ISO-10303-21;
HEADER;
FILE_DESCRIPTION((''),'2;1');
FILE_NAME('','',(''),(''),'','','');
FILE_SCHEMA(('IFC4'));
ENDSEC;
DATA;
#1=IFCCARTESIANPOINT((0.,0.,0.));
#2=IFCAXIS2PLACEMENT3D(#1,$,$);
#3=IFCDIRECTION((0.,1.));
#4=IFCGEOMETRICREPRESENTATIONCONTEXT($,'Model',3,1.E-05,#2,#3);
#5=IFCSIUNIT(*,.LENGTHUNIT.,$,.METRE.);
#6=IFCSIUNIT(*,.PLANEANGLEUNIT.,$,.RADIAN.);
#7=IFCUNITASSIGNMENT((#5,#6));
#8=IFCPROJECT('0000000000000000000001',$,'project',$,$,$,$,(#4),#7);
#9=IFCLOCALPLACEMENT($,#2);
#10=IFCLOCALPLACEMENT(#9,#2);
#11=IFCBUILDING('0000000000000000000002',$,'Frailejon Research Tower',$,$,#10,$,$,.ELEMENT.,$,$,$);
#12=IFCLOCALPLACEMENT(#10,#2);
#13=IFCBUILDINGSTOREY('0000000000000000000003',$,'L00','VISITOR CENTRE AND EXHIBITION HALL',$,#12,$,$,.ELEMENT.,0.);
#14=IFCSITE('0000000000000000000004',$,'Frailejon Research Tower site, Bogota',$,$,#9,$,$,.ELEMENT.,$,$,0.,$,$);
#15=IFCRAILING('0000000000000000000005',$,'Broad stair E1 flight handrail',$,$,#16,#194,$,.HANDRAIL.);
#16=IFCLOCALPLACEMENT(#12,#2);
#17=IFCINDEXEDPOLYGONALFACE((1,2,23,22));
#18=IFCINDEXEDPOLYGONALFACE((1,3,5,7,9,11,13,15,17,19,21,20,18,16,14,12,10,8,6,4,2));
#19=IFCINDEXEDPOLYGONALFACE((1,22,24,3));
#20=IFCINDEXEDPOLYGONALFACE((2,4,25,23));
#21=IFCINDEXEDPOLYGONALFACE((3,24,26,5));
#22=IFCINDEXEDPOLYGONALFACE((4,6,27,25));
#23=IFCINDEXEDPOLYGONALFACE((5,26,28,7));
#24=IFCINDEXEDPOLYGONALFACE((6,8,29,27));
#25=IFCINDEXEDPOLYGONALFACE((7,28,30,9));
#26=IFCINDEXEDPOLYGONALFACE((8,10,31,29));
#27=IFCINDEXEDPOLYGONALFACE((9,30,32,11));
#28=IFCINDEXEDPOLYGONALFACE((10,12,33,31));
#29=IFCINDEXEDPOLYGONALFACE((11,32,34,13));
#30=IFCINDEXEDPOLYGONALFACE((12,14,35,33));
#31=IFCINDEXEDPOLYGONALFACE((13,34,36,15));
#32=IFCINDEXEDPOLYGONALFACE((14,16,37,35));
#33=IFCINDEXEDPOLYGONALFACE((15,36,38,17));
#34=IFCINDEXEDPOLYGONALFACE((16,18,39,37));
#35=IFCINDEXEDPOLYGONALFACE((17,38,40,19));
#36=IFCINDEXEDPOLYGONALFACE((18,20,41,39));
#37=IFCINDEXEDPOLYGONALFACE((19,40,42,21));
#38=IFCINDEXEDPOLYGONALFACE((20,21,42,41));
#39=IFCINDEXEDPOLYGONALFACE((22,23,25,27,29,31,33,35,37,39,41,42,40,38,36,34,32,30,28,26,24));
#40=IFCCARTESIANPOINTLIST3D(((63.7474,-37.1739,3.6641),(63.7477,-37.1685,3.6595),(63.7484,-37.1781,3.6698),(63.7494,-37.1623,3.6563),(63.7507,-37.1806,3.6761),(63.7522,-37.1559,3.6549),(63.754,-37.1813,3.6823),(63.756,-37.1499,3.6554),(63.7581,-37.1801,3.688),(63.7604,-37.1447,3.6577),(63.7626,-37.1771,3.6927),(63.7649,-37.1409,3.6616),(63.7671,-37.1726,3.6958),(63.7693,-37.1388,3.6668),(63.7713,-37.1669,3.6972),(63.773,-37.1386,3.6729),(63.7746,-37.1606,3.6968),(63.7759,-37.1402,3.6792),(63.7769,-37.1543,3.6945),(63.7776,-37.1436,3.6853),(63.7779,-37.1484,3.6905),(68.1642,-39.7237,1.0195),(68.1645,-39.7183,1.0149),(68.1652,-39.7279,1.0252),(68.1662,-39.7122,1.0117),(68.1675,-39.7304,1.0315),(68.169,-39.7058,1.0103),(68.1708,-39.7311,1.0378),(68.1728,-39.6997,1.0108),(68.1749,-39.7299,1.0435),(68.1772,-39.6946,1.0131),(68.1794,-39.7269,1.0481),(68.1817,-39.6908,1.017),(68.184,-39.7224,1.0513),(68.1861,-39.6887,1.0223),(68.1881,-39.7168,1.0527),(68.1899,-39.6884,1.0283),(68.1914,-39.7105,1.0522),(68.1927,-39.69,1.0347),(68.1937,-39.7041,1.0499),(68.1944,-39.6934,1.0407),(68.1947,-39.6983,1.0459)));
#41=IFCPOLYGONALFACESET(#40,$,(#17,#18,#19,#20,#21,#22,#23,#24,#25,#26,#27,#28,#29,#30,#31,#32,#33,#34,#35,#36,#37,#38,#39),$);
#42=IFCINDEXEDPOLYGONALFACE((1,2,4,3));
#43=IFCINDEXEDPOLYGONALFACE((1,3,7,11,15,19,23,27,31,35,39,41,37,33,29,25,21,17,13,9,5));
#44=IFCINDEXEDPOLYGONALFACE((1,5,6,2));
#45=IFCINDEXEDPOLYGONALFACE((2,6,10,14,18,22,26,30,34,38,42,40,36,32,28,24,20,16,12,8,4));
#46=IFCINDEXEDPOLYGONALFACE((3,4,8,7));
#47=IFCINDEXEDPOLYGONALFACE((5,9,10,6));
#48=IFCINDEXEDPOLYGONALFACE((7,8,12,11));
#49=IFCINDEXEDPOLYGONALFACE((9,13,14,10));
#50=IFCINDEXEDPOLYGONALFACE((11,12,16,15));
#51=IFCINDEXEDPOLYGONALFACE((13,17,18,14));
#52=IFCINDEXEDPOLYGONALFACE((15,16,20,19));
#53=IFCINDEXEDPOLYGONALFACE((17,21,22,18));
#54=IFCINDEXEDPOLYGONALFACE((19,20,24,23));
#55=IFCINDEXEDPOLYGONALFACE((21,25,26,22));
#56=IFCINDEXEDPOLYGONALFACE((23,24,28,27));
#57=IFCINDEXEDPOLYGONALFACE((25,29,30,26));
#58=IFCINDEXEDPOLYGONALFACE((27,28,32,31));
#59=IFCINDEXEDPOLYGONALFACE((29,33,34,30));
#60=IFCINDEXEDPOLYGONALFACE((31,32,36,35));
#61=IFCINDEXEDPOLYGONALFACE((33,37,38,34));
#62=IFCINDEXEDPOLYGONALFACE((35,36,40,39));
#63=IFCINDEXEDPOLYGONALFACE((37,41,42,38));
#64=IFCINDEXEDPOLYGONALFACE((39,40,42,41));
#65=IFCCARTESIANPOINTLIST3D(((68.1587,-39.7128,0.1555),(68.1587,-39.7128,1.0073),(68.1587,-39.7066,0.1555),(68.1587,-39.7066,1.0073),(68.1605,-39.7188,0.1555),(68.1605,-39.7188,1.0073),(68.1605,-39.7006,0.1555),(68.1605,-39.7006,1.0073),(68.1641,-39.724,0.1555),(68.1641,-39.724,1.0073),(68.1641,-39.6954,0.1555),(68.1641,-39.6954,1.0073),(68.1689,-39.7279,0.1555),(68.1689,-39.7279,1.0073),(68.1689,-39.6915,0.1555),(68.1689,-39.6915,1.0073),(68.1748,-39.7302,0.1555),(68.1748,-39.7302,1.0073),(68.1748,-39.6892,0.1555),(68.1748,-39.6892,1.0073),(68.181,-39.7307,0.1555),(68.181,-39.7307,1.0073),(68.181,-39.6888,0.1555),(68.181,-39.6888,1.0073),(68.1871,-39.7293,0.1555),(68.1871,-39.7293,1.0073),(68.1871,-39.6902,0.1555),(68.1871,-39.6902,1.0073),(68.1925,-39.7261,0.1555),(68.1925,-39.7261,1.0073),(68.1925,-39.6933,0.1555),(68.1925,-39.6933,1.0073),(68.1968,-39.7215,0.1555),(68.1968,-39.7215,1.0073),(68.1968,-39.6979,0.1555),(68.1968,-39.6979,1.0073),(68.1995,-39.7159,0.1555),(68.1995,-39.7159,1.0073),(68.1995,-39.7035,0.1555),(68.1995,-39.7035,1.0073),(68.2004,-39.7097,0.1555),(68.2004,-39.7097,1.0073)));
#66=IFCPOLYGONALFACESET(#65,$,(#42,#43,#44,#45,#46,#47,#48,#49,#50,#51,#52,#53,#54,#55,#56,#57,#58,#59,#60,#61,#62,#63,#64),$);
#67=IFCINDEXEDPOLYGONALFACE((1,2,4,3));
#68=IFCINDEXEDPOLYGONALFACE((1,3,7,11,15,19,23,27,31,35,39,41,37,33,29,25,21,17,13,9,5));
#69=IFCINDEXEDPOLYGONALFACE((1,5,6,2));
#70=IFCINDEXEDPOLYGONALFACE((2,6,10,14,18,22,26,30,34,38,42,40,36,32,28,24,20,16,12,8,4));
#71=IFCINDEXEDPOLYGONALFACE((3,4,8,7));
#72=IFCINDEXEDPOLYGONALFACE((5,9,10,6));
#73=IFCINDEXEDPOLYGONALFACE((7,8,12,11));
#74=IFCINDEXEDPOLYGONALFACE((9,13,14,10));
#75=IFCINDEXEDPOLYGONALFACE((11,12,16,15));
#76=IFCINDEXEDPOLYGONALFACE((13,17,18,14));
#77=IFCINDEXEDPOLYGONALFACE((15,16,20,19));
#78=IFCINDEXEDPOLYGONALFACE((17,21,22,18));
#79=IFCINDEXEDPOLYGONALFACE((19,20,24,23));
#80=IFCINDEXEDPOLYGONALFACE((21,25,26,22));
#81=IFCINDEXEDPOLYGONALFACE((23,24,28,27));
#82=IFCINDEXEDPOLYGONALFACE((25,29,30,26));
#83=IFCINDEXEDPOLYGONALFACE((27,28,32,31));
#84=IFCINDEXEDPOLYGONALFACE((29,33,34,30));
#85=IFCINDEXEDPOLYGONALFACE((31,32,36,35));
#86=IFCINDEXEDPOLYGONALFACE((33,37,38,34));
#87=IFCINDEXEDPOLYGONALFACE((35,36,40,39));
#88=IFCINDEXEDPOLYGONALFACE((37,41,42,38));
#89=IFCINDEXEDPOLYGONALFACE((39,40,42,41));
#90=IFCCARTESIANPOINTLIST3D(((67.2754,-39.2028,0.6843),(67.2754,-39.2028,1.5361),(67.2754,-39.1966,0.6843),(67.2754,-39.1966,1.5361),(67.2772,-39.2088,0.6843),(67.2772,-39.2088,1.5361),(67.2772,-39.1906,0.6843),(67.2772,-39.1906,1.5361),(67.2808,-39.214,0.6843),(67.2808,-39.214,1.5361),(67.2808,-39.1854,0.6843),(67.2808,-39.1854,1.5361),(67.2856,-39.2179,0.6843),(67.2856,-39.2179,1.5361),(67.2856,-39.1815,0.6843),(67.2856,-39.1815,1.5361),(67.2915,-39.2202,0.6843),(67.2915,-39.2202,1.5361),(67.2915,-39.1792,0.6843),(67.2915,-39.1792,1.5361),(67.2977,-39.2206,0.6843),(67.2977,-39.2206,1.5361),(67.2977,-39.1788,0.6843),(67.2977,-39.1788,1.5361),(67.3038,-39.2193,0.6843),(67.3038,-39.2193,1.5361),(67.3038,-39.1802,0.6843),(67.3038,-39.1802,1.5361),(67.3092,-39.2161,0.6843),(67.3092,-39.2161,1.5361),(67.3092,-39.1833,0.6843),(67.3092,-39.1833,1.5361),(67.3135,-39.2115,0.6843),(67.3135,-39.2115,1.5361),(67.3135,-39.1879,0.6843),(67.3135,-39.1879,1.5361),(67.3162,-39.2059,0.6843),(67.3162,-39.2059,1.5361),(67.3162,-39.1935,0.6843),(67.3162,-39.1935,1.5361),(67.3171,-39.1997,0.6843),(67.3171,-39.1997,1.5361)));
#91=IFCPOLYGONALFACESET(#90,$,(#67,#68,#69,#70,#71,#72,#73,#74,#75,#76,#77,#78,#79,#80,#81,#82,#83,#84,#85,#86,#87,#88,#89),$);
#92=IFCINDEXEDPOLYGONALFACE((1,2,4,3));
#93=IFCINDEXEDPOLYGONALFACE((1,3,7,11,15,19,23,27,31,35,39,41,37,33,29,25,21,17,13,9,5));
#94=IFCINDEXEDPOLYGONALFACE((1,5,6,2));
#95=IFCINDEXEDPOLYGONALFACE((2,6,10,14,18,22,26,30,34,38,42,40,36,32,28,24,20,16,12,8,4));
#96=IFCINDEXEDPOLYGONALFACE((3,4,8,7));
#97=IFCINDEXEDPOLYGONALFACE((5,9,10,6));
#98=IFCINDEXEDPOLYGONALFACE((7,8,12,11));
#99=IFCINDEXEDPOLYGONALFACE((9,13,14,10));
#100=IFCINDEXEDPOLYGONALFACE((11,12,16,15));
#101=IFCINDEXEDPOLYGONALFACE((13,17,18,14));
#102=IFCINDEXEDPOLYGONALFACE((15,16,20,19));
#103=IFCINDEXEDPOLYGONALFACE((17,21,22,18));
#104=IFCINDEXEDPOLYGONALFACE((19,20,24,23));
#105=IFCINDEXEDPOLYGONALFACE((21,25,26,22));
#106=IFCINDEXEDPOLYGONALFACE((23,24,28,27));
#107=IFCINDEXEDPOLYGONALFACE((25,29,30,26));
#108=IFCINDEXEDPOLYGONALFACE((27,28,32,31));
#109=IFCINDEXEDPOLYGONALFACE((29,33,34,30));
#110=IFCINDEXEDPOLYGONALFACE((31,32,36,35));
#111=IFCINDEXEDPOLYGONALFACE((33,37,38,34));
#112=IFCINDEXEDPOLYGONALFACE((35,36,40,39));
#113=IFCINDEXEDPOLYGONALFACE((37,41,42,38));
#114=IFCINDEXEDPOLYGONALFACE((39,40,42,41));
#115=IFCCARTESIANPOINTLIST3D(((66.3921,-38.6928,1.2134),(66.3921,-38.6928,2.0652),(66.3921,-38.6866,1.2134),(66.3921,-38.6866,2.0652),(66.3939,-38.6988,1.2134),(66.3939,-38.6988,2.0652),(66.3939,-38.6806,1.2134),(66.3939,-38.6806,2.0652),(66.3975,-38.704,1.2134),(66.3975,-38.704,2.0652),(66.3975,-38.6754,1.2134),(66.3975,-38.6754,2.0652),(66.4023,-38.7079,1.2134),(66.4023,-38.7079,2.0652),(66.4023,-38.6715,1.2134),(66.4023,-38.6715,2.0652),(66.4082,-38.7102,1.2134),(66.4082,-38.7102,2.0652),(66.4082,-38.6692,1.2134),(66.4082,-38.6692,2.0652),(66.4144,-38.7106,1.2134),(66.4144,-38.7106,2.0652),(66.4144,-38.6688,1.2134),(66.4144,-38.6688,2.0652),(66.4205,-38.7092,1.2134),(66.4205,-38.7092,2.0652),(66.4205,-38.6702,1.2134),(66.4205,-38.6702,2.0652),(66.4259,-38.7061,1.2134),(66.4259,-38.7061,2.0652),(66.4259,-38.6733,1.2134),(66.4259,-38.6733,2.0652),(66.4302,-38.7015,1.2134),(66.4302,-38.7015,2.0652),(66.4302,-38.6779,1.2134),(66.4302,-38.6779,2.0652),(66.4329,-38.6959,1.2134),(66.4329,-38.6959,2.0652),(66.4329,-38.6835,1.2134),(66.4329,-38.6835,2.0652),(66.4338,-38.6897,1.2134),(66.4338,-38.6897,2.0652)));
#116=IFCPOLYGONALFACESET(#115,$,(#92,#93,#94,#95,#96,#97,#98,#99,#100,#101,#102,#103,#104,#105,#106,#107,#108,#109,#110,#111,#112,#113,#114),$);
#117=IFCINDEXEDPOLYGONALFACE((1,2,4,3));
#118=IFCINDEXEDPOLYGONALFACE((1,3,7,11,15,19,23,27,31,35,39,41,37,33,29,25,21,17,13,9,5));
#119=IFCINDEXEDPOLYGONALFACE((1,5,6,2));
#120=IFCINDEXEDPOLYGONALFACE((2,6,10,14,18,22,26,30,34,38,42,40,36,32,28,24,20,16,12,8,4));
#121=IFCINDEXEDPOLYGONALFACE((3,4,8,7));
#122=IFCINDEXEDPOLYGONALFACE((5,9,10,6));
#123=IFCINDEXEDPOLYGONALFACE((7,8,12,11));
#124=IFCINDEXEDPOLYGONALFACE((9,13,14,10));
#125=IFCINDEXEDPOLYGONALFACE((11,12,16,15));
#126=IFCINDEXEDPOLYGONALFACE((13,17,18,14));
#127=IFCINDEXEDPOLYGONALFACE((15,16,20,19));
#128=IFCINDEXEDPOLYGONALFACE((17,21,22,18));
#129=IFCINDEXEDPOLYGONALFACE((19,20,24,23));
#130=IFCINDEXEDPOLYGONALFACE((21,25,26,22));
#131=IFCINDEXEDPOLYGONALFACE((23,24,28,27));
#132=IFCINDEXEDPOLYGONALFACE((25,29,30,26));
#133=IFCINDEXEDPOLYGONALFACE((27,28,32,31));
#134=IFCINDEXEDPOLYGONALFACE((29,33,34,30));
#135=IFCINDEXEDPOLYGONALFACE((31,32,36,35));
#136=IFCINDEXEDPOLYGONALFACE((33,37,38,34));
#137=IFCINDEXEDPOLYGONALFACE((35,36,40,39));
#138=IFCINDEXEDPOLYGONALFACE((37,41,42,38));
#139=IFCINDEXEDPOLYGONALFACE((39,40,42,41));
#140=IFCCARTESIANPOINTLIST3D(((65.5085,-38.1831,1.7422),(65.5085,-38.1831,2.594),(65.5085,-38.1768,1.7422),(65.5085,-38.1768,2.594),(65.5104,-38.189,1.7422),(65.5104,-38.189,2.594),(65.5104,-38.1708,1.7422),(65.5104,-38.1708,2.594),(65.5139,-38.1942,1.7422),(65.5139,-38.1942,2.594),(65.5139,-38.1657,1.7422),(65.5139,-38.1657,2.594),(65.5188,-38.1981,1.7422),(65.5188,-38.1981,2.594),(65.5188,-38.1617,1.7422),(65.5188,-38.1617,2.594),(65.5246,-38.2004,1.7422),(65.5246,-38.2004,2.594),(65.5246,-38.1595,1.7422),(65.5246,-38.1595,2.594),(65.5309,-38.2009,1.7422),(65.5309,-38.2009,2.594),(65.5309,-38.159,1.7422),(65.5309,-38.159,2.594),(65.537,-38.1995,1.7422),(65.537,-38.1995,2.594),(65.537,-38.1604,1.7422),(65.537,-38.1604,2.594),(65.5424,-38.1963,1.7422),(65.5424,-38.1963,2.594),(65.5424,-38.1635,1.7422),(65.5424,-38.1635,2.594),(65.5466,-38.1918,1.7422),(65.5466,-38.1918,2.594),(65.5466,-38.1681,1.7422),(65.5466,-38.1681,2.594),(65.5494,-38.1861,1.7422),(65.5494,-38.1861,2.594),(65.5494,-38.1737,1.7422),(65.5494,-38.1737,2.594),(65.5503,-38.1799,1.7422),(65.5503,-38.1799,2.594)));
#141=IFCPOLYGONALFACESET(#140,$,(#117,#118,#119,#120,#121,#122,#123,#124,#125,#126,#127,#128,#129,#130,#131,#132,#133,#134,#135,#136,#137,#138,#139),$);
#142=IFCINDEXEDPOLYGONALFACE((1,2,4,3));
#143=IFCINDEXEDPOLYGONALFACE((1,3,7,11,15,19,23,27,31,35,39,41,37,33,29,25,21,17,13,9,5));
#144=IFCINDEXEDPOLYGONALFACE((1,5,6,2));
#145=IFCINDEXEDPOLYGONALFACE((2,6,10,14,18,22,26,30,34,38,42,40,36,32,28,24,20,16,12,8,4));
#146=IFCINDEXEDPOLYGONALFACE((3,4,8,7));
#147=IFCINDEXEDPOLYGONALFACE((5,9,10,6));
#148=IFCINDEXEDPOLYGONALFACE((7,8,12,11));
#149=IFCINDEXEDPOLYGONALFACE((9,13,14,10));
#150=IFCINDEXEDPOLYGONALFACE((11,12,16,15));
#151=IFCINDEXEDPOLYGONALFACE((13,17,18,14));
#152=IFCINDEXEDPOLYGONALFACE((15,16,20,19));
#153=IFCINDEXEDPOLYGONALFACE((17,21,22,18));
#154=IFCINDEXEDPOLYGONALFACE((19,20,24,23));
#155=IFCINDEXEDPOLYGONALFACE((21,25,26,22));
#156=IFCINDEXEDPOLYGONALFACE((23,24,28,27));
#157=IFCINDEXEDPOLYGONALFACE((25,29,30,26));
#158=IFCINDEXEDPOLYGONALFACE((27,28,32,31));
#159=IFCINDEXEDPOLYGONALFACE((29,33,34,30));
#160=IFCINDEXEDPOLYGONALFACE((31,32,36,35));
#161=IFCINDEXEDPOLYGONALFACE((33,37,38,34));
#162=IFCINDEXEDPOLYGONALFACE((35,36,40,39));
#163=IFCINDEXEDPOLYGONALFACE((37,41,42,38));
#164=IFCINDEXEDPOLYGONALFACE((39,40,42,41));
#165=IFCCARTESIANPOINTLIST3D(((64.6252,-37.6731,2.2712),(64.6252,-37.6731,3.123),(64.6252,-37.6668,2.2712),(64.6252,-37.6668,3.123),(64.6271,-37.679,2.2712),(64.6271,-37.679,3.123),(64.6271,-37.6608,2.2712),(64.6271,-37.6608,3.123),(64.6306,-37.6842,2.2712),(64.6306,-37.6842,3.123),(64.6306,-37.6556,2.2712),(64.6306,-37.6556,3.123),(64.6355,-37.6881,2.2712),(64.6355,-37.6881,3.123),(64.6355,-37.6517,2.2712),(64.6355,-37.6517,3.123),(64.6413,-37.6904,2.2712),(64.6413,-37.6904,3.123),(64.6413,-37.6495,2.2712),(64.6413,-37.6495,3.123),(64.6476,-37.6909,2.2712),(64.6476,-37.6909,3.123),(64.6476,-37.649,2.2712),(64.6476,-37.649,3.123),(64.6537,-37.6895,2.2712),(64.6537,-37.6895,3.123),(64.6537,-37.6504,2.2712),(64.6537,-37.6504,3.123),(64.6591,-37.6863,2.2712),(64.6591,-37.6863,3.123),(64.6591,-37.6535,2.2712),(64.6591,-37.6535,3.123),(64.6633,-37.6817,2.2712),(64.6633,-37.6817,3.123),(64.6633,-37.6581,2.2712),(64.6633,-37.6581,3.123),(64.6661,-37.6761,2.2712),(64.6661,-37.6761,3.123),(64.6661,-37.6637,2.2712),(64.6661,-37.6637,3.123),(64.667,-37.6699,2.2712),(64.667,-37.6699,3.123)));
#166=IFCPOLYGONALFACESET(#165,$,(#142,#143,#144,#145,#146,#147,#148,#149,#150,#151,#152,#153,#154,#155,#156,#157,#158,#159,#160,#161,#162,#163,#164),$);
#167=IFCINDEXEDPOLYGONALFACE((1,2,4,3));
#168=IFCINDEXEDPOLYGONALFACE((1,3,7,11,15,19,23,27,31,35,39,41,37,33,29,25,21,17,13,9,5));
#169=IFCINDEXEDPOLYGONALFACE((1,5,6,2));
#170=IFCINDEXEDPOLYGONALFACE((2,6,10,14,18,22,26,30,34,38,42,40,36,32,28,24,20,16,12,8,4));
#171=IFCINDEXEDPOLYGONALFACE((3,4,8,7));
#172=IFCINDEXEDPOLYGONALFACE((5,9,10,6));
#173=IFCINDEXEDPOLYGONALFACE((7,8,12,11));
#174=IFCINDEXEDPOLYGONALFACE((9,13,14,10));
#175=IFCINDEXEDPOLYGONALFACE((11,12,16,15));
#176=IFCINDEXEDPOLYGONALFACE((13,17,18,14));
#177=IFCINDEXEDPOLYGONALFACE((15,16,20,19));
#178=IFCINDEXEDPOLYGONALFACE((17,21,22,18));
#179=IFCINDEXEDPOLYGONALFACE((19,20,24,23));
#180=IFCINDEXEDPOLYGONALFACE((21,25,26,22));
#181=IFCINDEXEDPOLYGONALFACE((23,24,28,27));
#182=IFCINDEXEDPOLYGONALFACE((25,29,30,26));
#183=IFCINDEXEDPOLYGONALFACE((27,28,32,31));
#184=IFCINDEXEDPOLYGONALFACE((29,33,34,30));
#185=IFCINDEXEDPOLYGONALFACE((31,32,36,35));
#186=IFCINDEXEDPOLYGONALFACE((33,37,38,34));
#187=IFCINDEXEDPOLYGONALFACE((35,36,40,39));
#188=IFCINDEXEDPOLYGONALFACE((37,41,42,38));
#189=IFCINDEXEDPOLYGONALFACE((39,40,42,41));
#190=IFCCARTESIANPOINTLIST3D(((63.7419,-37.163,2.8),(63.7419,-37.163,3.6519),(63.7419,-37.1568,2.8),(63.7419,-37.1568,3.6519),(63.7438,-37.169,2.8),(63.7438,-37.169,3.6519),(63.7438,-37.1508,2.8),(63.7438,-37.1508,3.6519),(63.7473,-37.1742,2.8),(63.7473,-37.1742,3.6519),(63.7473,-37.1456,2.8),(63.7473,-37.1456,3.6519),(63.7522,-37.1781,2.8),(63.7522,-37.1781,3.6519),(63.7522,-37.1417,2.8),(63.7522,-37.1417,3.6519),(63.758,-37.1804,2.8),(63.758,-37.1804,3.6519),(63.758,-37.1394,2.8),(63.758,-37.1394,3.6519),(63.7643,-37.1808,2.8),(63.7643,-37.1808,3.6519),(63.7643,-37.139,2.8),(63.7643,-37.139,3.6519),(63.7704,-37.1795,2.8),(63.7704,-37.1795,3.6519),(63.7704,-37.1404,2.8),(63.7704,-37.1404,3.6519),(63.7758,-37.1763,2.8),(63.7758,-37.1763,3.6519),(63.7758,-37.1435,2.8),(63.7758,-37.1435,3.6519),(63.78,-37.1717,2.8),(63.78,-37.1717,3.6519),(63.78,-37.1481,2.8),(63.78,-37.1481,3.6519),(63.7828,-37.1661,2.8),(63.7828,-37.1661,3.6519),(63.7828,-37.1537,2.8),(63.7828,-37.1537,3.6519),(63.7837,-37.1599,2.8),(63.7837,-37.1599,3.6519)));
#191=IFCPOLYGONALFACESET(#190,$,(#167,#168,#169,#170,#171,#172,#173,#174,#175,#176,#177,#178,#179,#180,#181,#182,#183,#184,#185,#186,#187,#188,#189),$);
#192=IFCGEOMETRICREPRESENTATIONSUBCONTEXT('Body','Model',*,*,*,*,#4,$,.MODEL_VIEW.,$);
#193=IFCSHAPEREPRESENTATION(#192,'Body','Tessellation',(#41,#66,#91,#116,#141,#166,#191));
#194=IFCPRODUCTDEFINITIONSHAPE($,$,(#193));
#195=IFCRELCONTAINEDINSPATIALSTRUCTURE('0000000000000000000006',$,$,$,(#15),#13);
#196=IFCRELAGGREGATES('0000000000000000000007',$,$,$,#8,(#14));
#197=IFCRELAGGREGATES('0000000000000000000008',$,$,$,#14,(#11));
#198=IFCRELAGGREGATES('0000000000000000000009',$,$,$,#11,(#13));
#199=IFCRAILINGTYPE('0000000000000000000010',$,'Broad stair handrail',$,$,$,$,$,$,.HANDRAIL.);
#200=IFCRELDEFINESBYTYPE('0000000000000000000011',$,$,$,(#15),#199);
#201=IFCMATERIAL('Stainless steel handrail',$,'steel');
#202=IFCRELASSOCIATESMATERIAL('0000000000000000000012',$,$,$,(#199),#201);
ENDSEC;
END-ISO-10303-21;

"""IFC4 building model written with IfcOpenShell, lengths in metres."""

from ifc_helpers import new_model, si_unit, direction, frame, origin, origin_2d, place, context, subcontext, project, spatial, circle, extrude, material, type_object, element, save


model = new_model("IFC4")

# Units and contexts
model_context = context("Model", 3, precision=1e-05, world=origin(), true_north=direction((0.0, 1.0)))
body_context = subcontext(model_context, "Body", "Model", "MODEL_VIEW")
ifc_project = project(units=[si_unit("LENGTHUNIT", "METRE"), si_unit("PLANEANGLEUNIT", "RADIAN")], contexts=[model_context])

# Site, building, storey
site_placement = place(None, origin())
site = spatial("IfcSite", under=ifc_project, at=site_placement, Name="Frailejon Research Tower site, Bogota", CompositionType="ELEMENT", RefElevation=0.0)
building_placement = place(site_placement, origin())
building = spatial("IfcBuilding", under=site, at=building_placement, Name="Frailejon Research Tower", CompositionType="ELEMENT")
storey_placement = place(building_placement, origin())
storey = spatial("IfcBuildingStorey", under=building, at=storey_placement, Name="L00", Description="VISITOR CENTRE AND EXHIBITION HALL", CompositionType="ELEMENT", Elevation=0.0)

# Railing
ifc_material_1 = material(Name="Stainless steel handrail", Category="steel")
railing_type_1 = type_object("IfcRailingType", Name="Broad stair handrail", PredefinedType="HANDRAIL", material=ifc_material_1)
railing_1_placement = place(storey_placement, frame((68.1794, -39.7097, 0.1555)))
element("IfcRailing", 1, at=railing_1_placement, inside=storey, type_object=railing_type_1, Name="Broad stair E1 flight handrail", PredefinedType="HANDRAIL", context=body_context, shape_type="SweptSolid", body=[
    extrude(circle(Radius=0.0239, at=origin_2d()), frame((0.0, 0.0, 0.876), z_axis=(-0.768826, 0.443846, 0.460335), x_axis=(-0.49997, -0.866043, 0.0)), (0.0, 0.0, 1.0), 5.7449),
    extrude(circle(Radius=0.021, at=origin_2d()), origin(), (0.0, 0.0, 1.0), 0.8518),
    extrude(circle(Radius=0.021, at=origin_2d()), frame((-0.8833, 0.51, 0.5288)), (0.0, 0.0, 1.0), 0.8518),
    extrude(circle(Radius=0.021, at=origin_2d()), frame((-1.7666, 1.02, 1.0579)), (0.0, 0.0, 1.0), 0.8518),
    extrude(circle(Radius=0.021, at=origin_2d()), frame((-2.6501, 1.5298, 1.5867)), (0.0, 0.0, 1.0), 0.8518),
    extrude(circle(Radius=0.021, at=origin_2d()), frame((-3.5334, 2.0398, 2.1157)), (0.0, 0.0, 1.0), 0.8518),
    extrude(circle(Radius=0.021, at=origin_2d()), frame((-4.4167, 2.5498, 2.6445)), (0.0, 0.0, 1.0), 0.8518),
])

save(model, "model.ifc")
